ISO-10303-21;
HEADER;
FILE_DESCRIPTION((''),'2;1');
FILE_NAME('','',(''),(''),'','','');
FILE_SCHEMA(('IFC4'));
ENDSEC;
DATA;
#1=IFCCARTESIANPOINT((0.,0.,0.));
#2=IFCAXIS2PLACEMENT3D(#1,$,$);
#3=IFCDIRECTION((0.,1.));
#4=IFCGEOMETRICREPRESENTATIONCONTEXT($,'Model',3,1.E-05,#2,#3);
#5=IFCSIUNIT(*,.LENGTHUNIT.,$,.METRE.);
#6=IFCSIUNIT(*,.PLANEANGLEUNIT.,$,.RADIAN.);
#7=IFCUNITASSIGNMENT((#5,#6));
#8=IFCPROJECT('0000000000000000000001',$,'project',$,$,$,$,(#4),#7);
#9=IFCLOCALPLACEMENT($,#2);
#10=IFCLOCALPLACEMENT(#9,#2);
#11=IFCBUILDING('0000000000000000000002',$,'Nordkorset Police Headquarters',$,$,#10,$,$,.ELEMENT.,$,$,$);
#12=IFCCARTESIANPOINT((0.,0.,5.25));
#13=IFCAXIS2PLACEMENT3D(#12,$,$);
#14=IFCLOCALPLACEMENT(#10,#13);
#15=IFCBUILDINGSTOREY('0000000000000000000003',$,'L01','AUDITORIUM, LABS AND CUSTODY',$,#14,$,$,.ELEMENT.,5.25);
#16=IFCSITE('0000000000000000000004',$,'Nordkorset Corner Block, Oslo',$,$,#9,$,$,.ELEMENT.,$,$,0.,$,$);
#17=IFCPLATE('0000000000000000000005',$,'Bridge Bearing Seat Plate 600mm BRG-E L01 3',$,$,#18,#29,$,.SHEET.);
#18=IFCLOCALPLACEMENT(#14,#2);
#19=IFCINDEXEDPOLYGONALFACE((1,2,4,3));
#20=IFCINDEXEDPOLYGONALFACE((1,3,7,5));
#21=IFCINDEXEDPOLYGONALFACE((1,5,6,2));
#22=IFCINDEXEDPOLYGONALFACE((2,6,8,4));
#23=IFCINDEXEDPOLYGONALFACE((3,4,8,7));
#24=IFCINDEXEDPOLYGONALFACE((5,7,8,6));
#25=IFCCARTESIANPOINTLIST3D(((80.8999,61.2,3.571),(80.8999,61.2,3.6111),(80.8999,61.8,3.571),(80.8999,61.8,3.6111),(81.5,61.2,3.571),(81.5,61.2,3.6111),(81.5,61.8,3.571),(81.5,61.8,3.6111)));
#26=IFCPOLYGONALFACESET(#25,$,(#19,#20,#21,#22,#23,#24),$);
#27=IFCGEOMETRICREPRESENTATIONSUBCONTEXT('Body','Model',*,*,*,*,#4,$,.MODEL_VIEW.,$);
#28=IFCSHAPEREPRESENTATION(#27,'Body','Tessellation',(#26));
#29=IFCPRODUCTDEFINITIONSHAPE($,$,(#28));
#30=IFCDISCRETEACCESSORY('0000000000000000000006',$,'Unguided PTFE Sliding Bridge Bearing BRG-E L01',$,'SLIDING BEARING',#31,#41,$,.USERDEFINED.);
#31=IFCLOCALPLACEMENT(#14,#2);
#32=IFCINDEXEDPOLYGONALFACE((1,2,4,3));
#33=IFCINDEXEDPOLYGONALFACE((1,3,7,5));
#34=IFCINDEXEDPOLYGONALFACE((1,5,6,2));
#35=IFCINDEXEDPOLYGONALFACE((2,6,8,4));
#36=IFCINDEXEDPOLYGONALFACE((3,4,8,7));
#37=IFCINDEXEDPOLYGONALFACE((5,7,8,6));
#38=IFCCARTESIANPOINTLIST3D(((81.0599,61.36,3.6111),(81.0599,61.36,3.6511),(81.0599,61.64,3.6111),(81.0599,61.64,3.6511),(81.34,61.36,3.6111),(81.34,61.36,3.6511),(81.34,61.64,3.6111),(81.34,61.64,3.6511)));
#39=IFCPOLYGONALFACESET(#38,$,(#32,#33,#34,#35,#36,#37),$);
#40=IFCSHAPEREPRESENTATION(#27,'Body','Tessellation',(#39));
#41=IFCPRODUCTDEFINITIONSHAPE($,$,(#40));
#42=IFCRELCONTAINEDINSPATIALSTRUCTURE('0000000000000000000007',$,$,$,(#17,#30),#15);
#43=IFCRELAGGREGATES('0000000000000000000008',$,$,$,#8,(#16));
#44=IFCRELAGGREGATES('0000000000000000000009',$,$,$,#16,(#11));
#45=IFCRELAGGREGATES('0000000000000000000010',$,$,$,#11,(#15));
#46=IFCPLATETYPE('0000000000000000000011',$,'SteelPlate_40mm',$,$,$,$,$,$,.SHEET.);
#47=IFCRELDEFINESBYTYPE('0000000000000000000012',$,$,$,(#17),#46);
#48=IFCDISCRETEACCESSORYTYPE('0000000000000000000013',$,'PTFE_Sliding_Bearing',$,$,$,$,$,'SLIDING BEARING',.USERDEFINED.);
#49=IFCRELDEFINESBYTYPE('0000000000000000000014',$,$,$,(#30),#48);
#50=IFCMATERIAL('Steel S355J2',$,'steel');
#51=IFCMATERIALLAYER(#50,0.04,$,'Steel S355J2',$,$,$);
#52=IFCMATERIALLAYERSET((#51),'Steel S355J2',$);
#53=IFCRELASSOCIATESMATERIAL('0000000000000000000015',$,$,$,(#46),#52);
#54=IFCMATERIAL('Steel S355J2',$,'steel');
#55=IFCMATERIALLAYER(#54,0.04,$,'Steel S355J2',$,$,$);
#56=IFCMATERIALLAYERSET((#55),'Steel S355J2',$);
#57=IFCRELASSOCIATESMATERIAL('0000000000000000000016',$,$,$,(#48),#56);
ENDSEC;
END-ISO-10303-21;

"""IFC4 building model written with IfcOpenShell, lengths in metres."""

from ifc_helpers import new_model, si_unit, direction, frame, origin, origin_2d, place, context, subcontext, project, spatial, rectangle, extrude, material, layer, layer_set, type_object, element, save


model = new_model("IFC4")

# Units and contexts
model_context = context("Model", 3, precision=1e-05, world=origin(), true_north=direction((0.0, 1.0)))
body_context = subcontext(model_context, "Body", "Model", "MODEL_VIEW")
ifc_project = project(units=[si_unit("LENGTHUNIT", "METRE"), si_unit("PLANEANGLEUNIT", "RADIAN")], contexts=[model_context])

# Site, building, storey
site_placement = place(None, origin())
site = spatial("IfcSite", under=ifc_project, at=site_placement, Name="Nordkorset Corner Block, Oslo", CompositionType="ELEMENT", RefElevation=0.0)
building_placement = place(site_placement, origin())
building = spatial("IfcBuilding", under=site, at=building_placement, Name="Nordkorset Police Headquarters", CompositionType="ELEMENT")
storey_placement = place(building_placement, frame((0.0, 0.0, 5.25)))
storey = spatial("IfcBuildingStorey", under=building, at=storey_placement, Name="L01", Description="AUDITORIUM, LABS AND CUSTODY", CompositionType="ELEMENT", Elevation=5.25)

# Plate
ifc_material_1 = material(Name="Steel S355J2", Category="steel")
ifc_layer_1 = layer(ifc_material_1, 0.04, Name="Steel S355J2")
ifc_layer_set_1 = layer_set([ifc_layer_1], Name="Steel S355J2")
plate_type_1 = type_object("IfcPlateType", Name="SteelPlate_40mm", PredefinedType="SHEET", material=ifc_layer_set_1)
plate_1_placement = place(storey_placement, frame((81.2, 61.5, 3.571), z_axis=(0.0, 0.0, 1.0), x_axis=(1.0, 0.0, 0.0)))
element("IfcPlate", 1, at=plate_1_placement, inside=storey, type_object=plate_type_1, Name="Bridge Bearing Seat Plate 600mm BRG-E L01 3", PredefinedType="SHEET", context=body_context, shape_type="SweptSolid", body=[
    extrude(rectangle(XDim=0.6001, YDim=0.6001, at=origin_2d()), origin(), (0.0, 0.0, 1.0), 0.04),
])

# Discrete accessory
ifc_material_2 = material(Name="Steel S355J2", Category="steel")
ifc_layer_2 = layer(ifc_material_2, 0.04, Name="Steel S355J2")
ifc_layer_set_2 = layer_set([ifc_layer_2], Name="Steel S355J2")
discrete_accessory_type = type_object("IfcDiscreteAccessoryType", Name="PTFE_Sliding_Bearing", ElementType="SLIDING BEARING", PredefinedType="USERDEFINED", material=ifc_layer_set_2)
discrete_accessory_placement = place(storey_placement, frame((81.2, 61.5, 3.6111), z_axis=(0.0, 0.0, 1.0), x_axis=(1.0, 0.0, 0.0)))
element("IfcDiscreteAccessory", 2, at=discrete_accessory_placement, inside=storey, type_object=discrete_accessory_type, Name="Unguided PTFE Sliding Bridge Bearing BRG-E L01", ObjectType="SLIDING BEARING", PredefinedType="USERDEFINED", context=body_context, shape_type="SweptSolid", body=[
    extrude(rectangle(XDim=0.28, YDim=0.28, at=origin_2d()), origin(), (0.0, 0.0, 1.0), 0.04),
])

save(model, "model.ifc")
